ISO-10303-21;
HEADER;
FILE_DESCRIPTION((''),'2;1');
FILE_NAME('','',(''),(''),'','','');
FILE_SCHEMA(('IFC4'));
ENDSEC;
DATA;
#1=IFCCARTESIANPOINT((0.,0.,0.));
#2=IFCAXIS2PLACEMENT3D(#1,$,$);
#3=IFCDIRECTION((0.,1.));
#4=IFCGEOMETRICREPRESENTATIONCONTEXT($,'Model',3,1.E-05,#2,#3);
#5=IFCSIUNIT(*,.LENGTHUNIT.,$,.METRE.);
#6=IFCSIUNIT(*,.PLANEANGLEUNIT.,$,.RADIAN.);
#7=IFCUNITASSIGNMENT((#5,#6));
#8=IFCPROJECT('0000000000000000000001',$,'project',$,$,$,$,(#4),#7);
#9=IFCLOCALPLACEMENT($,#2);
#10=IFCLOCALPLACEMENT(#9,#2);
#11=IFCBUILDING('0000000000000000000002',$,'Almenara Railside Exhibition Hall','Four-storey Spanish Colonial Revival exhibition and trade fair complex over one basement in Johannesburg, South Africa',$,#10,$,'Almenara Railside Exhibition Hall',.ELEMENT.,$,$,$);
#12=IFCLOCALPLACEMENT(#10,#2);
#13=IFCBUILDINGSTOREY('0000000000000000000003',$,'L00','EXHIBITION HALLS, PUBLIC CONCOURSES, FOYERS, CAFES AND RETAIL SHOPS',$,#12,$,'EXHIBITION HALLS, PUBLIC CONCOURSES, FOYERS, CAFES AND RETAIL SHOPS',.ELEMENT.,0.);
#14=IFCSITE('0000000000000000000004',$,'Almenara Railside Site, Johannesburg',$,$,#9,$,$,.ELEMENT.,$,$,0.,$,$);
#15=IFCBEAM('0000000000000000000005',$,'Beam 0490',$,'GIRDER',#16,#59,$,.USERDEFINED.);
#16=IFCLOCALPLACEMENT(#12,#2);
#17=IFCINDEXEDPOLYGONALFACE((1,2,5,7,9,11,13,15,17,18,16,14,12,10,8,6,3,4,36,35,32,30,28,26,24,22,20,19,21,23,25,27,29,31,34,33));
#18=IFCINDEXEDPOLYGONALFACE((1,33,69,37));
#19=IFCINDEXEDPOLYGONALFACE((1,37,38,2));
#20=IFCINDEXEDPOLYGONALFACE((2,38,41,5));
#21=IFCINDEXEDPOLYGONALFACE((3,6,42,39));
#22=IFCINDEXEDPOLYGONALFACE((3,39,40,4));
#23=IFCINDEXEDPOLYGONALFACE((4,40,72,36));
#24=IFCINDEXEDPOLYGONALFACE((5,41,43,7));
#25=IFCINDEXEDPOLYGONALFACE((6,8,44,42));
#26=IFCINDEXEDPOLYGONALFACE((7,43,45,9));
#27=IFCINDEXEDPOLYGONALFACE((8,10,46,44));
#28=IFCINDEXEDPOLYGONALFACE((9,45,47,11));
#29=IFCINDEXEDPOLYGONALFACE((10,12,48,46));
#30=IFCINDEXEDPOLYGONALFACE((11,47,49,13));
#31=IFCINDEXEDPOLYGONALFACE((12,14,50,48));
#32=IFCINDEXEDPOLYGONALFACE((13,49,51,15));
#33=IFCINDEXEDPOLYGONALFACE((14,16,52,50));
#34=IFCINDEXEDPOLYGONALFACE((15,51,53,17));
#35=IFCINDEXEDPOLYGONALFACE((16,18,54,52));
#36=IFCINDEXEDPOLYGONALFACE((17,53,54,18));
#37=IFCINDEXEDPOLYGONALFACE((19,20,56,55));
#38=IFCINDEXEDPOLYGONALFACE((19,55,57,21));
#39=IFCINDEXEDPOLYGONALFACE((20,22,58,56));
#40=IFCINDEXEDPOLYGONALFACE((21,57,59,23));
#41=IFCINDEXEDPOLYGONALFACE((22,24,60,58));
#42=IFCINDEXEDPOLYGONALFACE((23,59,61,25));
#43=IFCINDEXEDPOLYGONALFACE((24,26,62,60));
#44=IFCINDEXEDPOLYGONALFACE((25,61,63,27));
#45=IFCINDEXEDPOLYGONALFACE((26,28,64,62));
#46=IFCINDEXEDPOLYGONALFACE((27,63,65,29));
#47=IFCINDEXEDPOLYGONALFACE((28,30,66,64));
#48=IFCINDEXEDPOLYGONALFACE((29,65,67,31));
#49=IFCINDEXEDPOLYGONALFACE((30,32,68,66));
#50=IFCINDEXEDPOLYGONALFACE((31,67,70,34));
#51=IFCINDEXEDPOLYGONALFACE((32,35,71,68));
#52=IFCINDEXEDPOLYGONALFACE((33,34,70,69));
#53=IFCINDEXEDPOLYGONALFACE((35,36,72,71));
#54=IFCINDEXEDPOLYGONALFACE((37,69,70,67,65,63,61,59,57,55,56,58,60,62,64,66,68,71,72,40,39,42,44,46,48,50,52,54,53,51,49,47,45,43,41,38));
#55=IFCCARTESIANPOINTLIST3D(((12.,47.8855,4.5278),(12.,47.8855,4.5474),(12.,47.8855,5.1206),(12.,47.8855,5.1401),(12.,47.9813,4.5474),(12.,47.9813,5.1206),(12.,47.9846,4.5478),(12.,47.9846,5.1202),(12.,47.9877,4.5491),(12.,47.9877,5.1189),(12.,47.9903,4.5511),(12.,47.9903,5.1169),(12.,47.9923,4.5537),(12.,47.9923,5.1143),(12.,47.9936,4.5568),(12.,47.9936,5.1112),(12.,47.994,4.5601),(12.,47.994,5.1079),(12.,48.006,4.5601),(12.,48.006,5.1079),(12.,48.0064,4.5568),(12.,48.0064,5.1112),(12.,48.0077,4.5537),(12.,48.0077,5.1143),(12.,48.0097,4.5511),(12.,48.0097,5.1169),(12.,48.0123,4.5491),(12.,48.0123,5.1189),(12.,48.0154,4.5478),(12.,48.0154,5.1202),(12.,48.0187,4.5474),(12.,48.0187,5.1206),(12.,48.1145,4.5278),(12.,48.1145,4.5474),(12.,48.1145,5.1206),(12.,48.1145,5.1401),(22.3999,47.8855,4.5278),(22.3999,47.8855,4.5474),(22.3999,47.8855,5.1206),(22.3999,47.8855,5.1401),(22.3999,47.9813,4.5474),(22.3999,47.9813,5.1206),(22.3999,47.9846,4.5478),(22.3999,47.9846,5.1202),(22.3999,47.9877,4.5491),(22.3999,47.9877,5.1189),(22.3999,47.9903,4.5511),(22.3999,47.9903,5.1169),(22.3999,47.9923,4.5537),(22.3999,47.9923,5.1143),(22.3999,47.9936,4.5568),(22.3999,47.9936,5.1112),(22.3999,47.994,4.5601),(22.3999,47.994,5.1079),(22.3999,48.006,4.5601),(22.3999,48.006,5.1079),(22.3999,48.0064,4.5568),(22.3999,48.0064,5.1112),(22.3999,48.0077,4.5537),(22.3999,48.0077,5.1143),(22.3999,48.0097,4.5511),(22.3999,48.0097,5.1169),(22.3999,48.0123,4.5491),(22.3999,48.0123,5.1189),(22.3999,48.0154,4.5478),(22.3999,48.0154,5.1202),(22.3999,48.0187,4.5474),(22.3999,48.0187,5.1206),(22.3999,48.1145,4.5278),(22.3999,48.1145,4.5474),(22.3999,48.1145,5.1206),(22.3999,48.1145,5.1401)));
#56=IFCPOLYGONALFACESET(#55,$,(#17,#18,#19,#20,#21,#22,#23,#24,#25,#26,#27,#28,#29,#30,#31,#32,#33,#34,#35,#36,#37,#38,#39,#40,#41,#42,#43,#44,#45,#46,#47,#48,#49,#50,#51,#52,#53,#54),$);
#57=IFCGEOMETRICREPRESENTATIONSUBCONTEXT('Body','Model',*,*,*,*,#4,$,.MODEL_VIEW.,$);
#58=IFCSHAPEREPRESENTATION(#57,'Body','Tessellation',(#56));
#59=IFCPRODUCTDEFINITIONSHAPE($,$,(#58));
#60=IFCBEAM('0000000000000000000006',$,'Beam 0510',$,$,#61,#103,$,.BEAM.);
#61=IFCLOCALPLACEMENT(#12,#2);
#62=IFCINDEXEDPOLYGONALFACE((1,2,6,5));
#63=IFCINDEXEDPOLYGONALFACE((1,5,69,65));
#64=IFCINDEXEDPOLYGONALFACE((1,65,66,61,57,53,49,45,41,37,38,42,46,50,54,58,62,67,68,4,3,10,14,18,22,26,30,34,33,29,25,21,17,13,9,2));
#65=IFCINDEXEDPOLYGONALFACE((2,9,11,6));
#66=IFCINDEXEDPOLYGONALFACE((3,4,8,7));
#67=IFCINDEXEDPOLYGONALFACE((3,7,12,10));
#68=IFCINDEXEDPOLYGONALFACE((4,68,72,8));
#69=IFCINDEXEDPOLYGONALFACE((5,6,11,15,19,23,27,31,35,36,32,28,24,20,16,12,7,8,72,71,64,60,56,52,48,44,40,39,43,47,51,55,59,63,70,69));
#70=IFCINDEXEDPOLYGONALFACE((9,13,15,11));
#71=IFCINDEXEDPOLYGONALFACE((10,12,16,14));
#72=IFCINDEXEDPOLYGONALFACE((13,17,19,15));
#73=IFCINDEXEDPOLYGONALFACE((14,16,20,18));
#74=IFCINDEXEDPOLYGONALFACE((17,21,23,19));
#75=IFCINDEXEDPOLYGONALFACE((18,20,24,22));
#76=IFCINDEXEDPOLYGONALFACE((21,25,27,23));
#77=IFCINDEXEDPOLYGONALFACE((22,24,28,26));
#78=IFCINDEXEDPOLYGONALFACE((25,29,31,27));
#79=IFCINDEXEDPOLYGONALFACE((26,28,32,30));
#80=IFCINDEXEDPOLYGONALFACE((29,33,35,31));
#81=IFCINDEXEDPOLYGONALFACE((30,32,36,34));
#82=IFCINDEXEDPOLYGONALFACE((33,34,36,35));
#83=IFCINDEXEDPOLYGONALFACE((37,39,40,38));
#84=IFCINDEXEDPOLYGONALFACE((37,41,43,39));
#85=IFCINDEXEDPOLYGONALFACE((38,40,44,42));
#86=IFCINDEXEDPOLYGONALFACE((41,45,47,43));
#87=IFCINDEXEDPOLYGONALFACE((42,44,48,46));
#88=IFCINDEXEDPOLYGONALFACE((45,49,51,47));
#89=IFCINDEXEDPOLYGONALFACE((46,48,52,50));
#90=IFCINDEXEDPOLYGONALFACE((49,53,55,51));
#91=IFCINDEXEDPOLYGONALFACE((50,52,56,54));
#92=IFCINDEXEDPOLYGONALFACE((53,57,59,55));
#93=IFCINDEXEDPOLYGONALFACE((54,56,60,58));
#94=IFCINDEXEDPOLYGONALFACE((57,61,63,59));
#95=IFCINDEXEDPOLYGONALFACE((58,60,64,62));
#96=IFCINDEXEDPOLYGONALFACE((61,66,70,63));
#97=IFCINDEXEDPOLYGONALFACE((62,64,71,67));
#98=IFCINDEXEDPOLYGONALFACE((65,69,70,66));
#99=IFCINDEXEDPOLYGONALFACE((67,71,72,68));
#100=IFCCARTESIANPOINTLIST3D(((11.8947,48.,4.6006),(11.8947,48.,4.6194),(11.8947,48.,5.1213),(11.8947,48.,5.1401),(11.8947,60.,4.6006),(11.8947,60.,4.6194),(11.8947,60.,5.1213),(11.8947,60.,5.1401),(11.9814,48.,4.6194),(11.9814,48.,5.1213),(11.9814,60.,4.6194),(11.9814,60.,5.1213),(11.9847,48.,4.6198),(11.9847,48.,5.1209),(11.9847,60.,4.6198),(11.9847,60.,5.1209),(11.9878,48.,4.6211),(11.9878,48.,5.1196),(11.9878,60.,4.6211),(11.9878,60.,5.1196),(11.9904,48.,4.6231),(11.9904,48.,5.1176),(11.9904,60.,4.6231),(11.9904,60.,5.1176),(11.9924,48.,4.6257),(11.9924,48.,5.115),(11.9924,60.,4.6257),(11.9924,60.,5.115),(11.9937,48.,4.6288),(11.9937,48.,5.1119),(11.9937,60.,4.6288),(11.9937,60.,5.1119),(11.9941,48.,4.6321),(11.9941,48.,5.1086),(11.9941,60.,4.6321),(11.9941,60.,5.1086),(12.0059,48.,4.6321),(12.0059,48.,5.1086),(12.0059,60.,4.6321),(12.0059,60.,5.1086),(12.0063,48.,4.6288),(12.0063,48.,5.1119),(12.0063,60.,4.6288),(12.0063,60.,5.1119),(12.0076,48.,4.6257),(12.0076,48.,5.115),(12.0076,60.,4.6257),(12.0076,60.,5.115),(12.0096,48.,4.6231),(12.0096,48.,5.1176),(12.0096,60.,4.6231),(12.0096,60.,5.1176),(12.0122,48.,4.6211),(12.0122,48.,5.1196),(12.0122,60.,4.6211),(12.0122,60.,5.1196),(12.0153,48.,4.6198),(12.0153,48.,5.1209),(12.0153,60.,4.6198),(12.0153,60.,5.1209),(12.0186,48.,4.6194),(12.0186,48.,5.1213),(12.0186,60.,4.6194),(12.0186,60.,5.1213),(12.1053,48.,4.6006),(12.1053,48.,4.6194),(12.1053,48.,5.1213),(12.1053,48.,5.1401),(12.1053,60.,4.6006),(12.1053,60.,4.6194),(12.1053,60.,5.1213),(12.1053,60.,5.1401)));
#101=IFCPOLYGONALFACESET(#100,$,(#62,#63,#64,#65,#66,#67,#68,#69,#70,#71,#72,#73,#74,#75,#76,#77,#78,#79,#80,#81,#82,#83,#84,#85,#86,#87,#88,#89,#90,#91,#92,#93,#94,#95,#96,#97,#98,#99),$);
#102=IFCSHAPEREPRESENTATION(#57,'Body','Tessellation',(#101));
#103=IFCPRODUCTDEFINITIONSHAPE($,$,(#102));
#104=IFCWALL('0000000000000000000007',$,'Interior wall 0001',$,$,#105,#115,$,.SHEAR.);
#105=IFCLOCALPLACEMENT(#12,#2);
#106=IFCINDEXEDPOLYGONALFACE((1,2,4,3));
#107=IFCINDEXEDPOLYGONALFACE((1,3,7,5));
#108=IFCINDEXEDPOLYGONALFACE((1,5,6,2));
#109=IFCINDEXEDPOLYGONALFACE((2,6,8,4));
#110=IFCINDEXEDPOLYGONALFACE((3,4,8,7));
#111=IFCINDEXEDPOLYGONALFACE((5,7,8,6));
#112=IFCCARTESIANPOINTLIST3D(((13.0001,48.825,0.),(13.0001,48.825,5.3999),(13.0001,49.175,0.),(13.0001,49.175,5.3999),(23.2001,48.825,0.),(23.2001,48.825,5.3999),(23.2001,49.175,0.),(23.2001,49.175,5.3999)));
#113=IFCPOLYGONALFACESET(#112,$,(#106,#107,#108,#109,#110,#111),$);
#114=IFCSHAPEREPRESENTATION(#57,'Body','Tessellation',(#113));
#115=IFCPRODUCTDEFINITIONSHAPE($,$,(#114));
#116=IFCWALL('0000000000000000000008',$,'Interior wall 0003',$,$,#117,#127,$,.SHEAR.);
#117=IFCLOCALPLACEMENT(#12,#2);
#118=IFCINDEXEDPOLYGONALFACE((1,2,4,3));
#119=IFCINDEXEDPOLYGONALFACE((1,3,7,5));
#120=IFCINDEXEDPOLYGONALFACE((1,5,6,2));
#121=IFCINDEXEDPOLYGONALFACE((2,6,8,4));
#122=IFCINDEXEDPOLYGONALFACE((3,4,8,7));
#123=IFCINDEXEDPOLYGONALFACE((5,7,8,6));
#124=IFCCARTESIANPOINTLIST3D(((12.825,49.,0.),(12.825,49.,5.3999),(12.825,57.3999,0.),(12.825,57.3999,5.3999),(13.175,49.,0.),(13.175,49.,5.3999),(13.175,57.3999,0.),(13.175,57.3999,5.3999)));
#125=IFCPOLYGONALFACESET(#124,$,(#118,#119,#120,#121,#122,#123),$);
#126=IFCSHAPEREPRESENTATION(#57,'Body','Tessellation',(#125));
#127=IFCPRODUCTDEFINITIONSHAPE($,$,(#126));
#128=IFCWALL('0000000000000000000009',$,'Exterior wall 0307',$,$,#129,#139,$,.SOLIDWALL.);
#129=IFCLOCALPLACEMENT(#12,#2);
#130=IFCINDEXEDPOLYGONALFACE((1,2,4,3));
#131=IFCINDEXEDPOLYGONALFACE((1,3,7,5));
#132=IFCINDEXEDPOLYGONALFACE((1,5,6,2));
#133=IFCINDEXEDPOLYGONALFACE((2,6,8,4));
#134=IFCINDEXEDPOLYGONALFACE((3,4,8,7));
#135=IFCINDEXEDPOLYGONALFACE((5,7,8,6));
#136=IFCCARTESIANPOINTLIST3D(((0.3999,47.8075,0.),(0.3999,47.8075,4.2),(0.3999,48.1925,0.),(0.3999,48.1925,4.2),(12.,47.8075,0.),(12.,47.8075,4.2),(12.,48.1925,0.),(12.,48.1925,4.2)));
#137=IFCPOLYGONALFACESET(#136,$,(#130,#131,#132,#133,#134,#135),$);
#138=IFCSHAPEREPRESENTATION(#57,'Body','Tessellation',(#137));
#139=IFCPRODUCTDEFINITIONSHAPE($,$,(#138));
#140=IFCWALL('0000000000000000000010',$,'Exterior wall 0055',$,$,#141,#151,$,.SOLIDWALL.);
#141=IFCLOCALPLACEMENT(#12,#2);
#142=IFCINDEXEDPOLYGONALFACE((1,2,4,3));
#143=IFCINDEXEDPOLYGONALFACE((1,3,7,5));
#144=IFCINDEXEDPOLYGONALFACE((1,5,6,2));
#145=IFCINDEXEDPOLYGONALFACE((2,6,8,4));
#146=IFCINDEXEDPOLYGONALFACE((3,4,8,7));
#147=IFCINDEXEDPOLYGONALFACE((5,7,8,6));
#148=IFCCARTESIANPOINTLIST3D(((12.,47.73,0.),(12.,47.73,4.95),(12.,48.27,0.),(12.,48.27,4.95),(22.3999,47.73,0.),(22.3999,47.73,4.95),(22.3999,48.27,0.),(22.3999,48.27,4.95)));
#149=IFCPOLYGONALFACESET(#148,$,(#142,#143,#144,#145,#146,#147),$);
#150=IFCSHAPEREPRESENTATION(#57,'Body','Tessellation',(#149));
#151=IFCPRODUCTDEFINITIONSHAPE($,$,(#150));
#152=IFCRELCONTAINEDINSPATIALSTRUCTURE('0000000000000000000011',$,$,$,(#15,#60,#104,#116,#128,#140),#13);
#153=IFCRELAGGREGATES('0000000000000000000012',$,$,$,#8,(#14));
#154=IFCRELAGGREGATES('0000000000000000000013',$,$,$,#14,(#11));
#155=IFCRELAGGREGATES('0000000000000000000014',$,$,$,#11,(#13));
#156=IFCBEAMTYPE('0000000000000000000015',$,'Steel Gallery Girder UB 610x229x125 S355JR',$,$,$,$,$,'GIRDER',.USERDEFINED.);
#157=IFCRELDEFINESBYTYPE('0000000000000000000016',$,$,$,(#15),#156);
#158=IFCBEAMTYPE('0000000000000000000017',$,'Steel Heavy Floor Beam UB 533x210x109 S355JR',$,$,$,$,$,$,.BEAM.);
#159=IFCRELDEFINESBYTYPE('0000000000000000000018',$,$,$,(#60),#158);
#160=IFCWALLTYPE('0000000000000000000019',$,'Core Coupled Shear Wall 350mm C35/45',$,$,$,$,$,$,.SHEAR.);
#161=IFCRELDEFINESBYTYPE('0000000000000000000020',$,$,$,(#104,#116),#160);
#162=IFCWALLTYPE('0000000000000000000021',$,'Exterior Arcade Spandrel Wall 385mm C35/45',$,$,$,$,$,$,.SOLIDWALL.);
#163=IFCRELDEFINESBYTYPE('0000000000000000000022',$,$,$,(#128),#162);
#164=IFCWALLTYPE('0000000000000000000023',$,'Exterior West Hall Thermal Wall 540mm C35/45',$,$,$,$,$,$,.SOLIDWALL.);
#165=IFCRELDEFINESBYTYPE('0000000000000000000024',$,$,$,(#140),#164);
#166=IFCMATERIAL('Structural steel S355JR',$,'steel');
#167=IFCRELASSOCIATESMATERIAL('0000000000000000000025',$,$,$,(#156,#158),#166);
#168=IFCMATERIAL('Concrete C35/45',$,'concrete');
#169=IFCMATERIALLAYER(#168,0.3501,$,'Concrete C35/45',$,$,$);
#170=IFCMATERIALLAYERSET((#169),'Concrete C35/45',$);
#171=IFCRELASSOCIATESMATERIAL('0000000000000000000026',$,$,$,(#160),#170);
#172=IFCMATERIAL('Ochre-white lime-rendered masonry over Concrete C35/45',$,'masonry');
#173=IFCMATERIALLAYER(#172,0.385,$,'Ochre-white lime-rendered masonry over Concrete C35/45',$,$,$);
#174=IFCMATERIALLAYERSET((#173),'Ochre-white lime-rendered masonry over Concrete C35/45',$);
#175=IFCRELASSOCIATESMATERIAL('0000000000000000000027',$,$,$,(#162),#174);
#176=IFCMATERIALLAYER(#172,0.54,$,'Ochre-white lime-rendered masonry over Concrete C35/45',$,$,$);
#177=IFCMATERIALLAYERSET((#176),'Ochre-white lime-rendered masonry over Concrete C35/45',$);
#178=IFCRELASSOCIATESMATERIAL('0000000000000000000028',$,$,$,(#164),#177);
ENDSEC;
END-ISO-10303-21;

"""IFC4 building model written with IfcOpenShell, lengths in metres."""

from ifc_helpers import new_model, si_unit, direction, frame, frame_2d, origin, origin_2d, place, context, subcontext, project, spatial, rectangle, i_section, extrude, material, layer, layer_set, material_profile, profile_set, type_object, element, save


model = new_model("IFC4")

# Units and contexts
model_context = context("Model", 3, precision=1e-05, world=origin(), true_north=direction((0.0, 1.0)))
body_context = subcontext(model_context, "Body", "Model", "MODEL_VIEW")
ifc_project = project(units=[si_unit("LENGTHUNIT", "METRE"), si_unit("PLANEANGLEUNIT", "RADIAN")], contexts=[model_context])

# Site, building, storey
site_placement = place(None, origin())
site = spatial("IfcSite", under=ifc_project, at=site_placement, Name="Almenara Railside Site, Johannesburg", CompositionType="ELEMENT", RefElevation=0.0)
building_placement = place(site_placement, origin())
building = spatial("IfcBuilding", under=site, at=building_placement, Name="Almenara Railside Exhibition Hall", Description="Four-storey Spanish Colonial Revival exhibition and trade fair complex over one basement in Johannesburg, South Africa", LongName="Almenara Railside Exhibition Hall", CompositionType="ELEMENT")
storey_placement = place(building_placement, origin())
storey = spatial("IfcBuildingStorey", under=building, at=storey_placement, Name="L00", Description="EXHIBITION HALLS, PUBLIC CONCOURSES, FOYERS, CAFES AND RETAIL SHOPS", LongName="EXHIBITION HALLS, PUBLIC CONCOURSES, FOYERS, CAFES AND RETAIL SHOPS", CompositionType="ELEMENT", Elevation=0.0)

# Shared definitions
ifc_material_1 = material(Name="Concrete C35/45", Category="concrete")

# Beams
ifc_material_2 = material(Name="Structural steel S355JR", Category="steel")
ifc_material_profile_1 = material_profile(ifc_material_2, i_section(OverallWidth=0.229, OverallDepth=0.6123, WebThickness=0.012, FlangeThickness=0.0195, FilletRadius=0.0127, at=origin_2d()), Name="UB 610x229x125")
ifc_profile_set_1 = profile_set([ifc_material_profile_1], Name="Structural steel S355JR")
beam_type_1 = type_object("IfcBeamType", Name="Steel Gallery Girder UB 610x229x125 S355JR", ElementType="GIRDER", PredefinedType="USERDEFINED", material=ifc_profile_set_1)
beam_1_placement = place(storey_placement, frame((12.0, 48.0, 4.834), z_axis=(1.0, 0.0, 0.0), x_axis=(0.0, 1.0, 0.0)))
element("IfcBeam", 1, at=beam_1_placement, inside=storey, type_object=beam_type_1, Name="Beam 0490", ObjectType="GIRDER", PredefinedType="USERDEFINED", context=body_context, shape_type="SweptSolid", body=[
    extrude(i_section(OverallWidth=0.229, OverallDepth=0.6123, WebThickness=0.012, FlangeThickness=0.0195, FilletRadius=0.0127, at=origin_2d()), origin(), (0.0, 0.0, 1.0), 10.3999),
])
ifc_material_profile_2 = material_profile(ifc_material_2, i_section(OverallWidth=0.2107, OverallDepth=0.5396, WebThickness=0.0117, FlangeThickness=0.0188, FilletRadius=0.0127, at=origin_2d()), Name="UB 533x210x109")
ifc_profile_set_2 = profile_set([ifc_material_profile_2], Name="Structural steel S355JR")
beam_type_2 = type_object("IfcBeamType", Name="Steel Heavy Floor Beam UB 533x210x109 S355JR", PredefinedType="BEAM", material=ifc_profile_set_2)
beam_2_placement = place(storey_placement, frame((12.0, 48.0, 4.8704), z_axis=(0.0, 1.0, 0.0), x_axis=(-1.0, 0.0, 0.0)))
element("IfcBeam", 2, at=beam_2_placement, inside=storey, type_object=beam_type_2, Name="Beam 0510", PredefinedType="BEAM", context=body_context, shape_type="SweptSolid", body=[
    extrude(i_section(OverallWidth=0.2107, OverallDepth=0.5396, WebThickness=0.0117, FlangeThickness=0.0188, FilletRadius=0.0127, at=origin_2d()), origin(), (0.0, 0.0, 1.0), 12.0),
])

# Walls
ifc_layer_1 = layer(ifc_material_1, 0.3501, Name="Concrete C35/45")
ifc_layer_set_1 = layer_set([ifc_layer_1], Name="Concrete C35/45")
wall_type_1 = type_object("IfcWallType", Name="Core Coupled Shear Wall 350mm C35/45", PredefinedType="SHEAR", material=ifc_layer_set_1)
wall_1_placement = place(storey_placement, frame((13.0, 49.0, 0.0), z_axis=(0.0, 0.0, 1.0), x_axis=(1.0, 0.0, 0.0)))
element("IfcWall", 3, at=wall_1_placement, inside=storey, type_object=wall_type_1, Name="Interior wall 0001", PredefinedType="SHEAR", context=body_context, shape_type="SweptSolid", body=[
    extrude(rectangle(XDim=10.2, YDim=0.3501, at=frame_2d((5.1001, 0.0))), origin(), (0.0, 0.0, 1.0), 5.3999),
])
wall_2_placement = place(storey_placement, frame((13.0, 57.3999, 0.0), z_axis=(0.0, 0.0, 1.0), x_axis=(0.0, -1.0, 0.0)))
element("IfcWall", 4, at=wall_2_placement, inside=storey, type_object=wall_type_1, Name="Interior wall 0003", PredefinedType="SHEAR", context=body_context, shape_type="SweptSolid", body=[
    extrude(rectangle(XDim=8.3999, YDim=0.3501, at=frame_2d((4.2, 0.0))), origin(), (0.0, 0.0, 1.0), 5.3999),
])
ifc_material_3 = material(Name="Ochre-white lime-rendered masonry over Concrete C35/45", Category="masonry")
ifc_layer_2 = layer(ifc_material_3, 0.385, Name="Ochre-white lime-rendered masonry over Concrete C35/45")
ifc_layer_set_2 = layer_set([ifc_layer_2], Name="Ochre-white lime-rendered masonry over Concrete C35/45")
wall_type_2 = type_object("IfcWallType", Name="Exterior Arcade Spandrel Wall 385mm C35/45", PredefinedType="SOLIDWALL", material=ifc_layer_set_2)
wall_3_placement = place(storey_placement, frame((0.3999, 48.0, 0.0), z_axis=(0.0, 0.0, 1.0), x_axis=(1.0, 0.0, 0.0)))
element("IfcWall", 5, at=wall_3_placement, inside=storey, type_object=wall_type_2, Name="Exterior wall 0307", PredefinedType="SOLIDWALL", context=body_context, shape_type="SweptSolid", body=[
    extrude(rectangle(XDim=11.6001, YDim=0.385, at=frame_2d((5.8, 0.0))), origin(), (0.0, 0.0, 1.0), 4.2),
])
ifc_layer_3 = layer(ifc_material_3, 0.54, Name="Ochre-white lime-rendered masonry over Concrete C35/45")
ifc_layer_set_3 = layer_set([ifc_layer_3], Name="Ochre-white lime-rendered masonry over Concrete C35/45")
wall_type_3 = type_object("IfcWallType", Name="Exterior West Hall Thermal Wall 540mm C35/45", PredefinedType="SOLIDWALL", material=ifc_layer_set_3)
wall_4_placement = place(storey_placement, frame((12.0, 48.0, 0.0), z_axis=(0.0, 0.0, 1.0), x_axis=(1.0, 0.0, 0.0)))
element("IfcWall", 6, at=wall_4_placement, inside=storey, type_object=wall_type_3, Name="Exterior wall 0055", PredefinedType="SOLIDWALL", context=body_context, shape_type="SweptSolid", body=[
    extrude(rectangle(XDim=10.3999, YDim=0.54, at=frame_2d((5.2, 0.0))), origin(), (0.0, 0.0, 1.0), 4.95),
])

save(model, "model.ifc")
